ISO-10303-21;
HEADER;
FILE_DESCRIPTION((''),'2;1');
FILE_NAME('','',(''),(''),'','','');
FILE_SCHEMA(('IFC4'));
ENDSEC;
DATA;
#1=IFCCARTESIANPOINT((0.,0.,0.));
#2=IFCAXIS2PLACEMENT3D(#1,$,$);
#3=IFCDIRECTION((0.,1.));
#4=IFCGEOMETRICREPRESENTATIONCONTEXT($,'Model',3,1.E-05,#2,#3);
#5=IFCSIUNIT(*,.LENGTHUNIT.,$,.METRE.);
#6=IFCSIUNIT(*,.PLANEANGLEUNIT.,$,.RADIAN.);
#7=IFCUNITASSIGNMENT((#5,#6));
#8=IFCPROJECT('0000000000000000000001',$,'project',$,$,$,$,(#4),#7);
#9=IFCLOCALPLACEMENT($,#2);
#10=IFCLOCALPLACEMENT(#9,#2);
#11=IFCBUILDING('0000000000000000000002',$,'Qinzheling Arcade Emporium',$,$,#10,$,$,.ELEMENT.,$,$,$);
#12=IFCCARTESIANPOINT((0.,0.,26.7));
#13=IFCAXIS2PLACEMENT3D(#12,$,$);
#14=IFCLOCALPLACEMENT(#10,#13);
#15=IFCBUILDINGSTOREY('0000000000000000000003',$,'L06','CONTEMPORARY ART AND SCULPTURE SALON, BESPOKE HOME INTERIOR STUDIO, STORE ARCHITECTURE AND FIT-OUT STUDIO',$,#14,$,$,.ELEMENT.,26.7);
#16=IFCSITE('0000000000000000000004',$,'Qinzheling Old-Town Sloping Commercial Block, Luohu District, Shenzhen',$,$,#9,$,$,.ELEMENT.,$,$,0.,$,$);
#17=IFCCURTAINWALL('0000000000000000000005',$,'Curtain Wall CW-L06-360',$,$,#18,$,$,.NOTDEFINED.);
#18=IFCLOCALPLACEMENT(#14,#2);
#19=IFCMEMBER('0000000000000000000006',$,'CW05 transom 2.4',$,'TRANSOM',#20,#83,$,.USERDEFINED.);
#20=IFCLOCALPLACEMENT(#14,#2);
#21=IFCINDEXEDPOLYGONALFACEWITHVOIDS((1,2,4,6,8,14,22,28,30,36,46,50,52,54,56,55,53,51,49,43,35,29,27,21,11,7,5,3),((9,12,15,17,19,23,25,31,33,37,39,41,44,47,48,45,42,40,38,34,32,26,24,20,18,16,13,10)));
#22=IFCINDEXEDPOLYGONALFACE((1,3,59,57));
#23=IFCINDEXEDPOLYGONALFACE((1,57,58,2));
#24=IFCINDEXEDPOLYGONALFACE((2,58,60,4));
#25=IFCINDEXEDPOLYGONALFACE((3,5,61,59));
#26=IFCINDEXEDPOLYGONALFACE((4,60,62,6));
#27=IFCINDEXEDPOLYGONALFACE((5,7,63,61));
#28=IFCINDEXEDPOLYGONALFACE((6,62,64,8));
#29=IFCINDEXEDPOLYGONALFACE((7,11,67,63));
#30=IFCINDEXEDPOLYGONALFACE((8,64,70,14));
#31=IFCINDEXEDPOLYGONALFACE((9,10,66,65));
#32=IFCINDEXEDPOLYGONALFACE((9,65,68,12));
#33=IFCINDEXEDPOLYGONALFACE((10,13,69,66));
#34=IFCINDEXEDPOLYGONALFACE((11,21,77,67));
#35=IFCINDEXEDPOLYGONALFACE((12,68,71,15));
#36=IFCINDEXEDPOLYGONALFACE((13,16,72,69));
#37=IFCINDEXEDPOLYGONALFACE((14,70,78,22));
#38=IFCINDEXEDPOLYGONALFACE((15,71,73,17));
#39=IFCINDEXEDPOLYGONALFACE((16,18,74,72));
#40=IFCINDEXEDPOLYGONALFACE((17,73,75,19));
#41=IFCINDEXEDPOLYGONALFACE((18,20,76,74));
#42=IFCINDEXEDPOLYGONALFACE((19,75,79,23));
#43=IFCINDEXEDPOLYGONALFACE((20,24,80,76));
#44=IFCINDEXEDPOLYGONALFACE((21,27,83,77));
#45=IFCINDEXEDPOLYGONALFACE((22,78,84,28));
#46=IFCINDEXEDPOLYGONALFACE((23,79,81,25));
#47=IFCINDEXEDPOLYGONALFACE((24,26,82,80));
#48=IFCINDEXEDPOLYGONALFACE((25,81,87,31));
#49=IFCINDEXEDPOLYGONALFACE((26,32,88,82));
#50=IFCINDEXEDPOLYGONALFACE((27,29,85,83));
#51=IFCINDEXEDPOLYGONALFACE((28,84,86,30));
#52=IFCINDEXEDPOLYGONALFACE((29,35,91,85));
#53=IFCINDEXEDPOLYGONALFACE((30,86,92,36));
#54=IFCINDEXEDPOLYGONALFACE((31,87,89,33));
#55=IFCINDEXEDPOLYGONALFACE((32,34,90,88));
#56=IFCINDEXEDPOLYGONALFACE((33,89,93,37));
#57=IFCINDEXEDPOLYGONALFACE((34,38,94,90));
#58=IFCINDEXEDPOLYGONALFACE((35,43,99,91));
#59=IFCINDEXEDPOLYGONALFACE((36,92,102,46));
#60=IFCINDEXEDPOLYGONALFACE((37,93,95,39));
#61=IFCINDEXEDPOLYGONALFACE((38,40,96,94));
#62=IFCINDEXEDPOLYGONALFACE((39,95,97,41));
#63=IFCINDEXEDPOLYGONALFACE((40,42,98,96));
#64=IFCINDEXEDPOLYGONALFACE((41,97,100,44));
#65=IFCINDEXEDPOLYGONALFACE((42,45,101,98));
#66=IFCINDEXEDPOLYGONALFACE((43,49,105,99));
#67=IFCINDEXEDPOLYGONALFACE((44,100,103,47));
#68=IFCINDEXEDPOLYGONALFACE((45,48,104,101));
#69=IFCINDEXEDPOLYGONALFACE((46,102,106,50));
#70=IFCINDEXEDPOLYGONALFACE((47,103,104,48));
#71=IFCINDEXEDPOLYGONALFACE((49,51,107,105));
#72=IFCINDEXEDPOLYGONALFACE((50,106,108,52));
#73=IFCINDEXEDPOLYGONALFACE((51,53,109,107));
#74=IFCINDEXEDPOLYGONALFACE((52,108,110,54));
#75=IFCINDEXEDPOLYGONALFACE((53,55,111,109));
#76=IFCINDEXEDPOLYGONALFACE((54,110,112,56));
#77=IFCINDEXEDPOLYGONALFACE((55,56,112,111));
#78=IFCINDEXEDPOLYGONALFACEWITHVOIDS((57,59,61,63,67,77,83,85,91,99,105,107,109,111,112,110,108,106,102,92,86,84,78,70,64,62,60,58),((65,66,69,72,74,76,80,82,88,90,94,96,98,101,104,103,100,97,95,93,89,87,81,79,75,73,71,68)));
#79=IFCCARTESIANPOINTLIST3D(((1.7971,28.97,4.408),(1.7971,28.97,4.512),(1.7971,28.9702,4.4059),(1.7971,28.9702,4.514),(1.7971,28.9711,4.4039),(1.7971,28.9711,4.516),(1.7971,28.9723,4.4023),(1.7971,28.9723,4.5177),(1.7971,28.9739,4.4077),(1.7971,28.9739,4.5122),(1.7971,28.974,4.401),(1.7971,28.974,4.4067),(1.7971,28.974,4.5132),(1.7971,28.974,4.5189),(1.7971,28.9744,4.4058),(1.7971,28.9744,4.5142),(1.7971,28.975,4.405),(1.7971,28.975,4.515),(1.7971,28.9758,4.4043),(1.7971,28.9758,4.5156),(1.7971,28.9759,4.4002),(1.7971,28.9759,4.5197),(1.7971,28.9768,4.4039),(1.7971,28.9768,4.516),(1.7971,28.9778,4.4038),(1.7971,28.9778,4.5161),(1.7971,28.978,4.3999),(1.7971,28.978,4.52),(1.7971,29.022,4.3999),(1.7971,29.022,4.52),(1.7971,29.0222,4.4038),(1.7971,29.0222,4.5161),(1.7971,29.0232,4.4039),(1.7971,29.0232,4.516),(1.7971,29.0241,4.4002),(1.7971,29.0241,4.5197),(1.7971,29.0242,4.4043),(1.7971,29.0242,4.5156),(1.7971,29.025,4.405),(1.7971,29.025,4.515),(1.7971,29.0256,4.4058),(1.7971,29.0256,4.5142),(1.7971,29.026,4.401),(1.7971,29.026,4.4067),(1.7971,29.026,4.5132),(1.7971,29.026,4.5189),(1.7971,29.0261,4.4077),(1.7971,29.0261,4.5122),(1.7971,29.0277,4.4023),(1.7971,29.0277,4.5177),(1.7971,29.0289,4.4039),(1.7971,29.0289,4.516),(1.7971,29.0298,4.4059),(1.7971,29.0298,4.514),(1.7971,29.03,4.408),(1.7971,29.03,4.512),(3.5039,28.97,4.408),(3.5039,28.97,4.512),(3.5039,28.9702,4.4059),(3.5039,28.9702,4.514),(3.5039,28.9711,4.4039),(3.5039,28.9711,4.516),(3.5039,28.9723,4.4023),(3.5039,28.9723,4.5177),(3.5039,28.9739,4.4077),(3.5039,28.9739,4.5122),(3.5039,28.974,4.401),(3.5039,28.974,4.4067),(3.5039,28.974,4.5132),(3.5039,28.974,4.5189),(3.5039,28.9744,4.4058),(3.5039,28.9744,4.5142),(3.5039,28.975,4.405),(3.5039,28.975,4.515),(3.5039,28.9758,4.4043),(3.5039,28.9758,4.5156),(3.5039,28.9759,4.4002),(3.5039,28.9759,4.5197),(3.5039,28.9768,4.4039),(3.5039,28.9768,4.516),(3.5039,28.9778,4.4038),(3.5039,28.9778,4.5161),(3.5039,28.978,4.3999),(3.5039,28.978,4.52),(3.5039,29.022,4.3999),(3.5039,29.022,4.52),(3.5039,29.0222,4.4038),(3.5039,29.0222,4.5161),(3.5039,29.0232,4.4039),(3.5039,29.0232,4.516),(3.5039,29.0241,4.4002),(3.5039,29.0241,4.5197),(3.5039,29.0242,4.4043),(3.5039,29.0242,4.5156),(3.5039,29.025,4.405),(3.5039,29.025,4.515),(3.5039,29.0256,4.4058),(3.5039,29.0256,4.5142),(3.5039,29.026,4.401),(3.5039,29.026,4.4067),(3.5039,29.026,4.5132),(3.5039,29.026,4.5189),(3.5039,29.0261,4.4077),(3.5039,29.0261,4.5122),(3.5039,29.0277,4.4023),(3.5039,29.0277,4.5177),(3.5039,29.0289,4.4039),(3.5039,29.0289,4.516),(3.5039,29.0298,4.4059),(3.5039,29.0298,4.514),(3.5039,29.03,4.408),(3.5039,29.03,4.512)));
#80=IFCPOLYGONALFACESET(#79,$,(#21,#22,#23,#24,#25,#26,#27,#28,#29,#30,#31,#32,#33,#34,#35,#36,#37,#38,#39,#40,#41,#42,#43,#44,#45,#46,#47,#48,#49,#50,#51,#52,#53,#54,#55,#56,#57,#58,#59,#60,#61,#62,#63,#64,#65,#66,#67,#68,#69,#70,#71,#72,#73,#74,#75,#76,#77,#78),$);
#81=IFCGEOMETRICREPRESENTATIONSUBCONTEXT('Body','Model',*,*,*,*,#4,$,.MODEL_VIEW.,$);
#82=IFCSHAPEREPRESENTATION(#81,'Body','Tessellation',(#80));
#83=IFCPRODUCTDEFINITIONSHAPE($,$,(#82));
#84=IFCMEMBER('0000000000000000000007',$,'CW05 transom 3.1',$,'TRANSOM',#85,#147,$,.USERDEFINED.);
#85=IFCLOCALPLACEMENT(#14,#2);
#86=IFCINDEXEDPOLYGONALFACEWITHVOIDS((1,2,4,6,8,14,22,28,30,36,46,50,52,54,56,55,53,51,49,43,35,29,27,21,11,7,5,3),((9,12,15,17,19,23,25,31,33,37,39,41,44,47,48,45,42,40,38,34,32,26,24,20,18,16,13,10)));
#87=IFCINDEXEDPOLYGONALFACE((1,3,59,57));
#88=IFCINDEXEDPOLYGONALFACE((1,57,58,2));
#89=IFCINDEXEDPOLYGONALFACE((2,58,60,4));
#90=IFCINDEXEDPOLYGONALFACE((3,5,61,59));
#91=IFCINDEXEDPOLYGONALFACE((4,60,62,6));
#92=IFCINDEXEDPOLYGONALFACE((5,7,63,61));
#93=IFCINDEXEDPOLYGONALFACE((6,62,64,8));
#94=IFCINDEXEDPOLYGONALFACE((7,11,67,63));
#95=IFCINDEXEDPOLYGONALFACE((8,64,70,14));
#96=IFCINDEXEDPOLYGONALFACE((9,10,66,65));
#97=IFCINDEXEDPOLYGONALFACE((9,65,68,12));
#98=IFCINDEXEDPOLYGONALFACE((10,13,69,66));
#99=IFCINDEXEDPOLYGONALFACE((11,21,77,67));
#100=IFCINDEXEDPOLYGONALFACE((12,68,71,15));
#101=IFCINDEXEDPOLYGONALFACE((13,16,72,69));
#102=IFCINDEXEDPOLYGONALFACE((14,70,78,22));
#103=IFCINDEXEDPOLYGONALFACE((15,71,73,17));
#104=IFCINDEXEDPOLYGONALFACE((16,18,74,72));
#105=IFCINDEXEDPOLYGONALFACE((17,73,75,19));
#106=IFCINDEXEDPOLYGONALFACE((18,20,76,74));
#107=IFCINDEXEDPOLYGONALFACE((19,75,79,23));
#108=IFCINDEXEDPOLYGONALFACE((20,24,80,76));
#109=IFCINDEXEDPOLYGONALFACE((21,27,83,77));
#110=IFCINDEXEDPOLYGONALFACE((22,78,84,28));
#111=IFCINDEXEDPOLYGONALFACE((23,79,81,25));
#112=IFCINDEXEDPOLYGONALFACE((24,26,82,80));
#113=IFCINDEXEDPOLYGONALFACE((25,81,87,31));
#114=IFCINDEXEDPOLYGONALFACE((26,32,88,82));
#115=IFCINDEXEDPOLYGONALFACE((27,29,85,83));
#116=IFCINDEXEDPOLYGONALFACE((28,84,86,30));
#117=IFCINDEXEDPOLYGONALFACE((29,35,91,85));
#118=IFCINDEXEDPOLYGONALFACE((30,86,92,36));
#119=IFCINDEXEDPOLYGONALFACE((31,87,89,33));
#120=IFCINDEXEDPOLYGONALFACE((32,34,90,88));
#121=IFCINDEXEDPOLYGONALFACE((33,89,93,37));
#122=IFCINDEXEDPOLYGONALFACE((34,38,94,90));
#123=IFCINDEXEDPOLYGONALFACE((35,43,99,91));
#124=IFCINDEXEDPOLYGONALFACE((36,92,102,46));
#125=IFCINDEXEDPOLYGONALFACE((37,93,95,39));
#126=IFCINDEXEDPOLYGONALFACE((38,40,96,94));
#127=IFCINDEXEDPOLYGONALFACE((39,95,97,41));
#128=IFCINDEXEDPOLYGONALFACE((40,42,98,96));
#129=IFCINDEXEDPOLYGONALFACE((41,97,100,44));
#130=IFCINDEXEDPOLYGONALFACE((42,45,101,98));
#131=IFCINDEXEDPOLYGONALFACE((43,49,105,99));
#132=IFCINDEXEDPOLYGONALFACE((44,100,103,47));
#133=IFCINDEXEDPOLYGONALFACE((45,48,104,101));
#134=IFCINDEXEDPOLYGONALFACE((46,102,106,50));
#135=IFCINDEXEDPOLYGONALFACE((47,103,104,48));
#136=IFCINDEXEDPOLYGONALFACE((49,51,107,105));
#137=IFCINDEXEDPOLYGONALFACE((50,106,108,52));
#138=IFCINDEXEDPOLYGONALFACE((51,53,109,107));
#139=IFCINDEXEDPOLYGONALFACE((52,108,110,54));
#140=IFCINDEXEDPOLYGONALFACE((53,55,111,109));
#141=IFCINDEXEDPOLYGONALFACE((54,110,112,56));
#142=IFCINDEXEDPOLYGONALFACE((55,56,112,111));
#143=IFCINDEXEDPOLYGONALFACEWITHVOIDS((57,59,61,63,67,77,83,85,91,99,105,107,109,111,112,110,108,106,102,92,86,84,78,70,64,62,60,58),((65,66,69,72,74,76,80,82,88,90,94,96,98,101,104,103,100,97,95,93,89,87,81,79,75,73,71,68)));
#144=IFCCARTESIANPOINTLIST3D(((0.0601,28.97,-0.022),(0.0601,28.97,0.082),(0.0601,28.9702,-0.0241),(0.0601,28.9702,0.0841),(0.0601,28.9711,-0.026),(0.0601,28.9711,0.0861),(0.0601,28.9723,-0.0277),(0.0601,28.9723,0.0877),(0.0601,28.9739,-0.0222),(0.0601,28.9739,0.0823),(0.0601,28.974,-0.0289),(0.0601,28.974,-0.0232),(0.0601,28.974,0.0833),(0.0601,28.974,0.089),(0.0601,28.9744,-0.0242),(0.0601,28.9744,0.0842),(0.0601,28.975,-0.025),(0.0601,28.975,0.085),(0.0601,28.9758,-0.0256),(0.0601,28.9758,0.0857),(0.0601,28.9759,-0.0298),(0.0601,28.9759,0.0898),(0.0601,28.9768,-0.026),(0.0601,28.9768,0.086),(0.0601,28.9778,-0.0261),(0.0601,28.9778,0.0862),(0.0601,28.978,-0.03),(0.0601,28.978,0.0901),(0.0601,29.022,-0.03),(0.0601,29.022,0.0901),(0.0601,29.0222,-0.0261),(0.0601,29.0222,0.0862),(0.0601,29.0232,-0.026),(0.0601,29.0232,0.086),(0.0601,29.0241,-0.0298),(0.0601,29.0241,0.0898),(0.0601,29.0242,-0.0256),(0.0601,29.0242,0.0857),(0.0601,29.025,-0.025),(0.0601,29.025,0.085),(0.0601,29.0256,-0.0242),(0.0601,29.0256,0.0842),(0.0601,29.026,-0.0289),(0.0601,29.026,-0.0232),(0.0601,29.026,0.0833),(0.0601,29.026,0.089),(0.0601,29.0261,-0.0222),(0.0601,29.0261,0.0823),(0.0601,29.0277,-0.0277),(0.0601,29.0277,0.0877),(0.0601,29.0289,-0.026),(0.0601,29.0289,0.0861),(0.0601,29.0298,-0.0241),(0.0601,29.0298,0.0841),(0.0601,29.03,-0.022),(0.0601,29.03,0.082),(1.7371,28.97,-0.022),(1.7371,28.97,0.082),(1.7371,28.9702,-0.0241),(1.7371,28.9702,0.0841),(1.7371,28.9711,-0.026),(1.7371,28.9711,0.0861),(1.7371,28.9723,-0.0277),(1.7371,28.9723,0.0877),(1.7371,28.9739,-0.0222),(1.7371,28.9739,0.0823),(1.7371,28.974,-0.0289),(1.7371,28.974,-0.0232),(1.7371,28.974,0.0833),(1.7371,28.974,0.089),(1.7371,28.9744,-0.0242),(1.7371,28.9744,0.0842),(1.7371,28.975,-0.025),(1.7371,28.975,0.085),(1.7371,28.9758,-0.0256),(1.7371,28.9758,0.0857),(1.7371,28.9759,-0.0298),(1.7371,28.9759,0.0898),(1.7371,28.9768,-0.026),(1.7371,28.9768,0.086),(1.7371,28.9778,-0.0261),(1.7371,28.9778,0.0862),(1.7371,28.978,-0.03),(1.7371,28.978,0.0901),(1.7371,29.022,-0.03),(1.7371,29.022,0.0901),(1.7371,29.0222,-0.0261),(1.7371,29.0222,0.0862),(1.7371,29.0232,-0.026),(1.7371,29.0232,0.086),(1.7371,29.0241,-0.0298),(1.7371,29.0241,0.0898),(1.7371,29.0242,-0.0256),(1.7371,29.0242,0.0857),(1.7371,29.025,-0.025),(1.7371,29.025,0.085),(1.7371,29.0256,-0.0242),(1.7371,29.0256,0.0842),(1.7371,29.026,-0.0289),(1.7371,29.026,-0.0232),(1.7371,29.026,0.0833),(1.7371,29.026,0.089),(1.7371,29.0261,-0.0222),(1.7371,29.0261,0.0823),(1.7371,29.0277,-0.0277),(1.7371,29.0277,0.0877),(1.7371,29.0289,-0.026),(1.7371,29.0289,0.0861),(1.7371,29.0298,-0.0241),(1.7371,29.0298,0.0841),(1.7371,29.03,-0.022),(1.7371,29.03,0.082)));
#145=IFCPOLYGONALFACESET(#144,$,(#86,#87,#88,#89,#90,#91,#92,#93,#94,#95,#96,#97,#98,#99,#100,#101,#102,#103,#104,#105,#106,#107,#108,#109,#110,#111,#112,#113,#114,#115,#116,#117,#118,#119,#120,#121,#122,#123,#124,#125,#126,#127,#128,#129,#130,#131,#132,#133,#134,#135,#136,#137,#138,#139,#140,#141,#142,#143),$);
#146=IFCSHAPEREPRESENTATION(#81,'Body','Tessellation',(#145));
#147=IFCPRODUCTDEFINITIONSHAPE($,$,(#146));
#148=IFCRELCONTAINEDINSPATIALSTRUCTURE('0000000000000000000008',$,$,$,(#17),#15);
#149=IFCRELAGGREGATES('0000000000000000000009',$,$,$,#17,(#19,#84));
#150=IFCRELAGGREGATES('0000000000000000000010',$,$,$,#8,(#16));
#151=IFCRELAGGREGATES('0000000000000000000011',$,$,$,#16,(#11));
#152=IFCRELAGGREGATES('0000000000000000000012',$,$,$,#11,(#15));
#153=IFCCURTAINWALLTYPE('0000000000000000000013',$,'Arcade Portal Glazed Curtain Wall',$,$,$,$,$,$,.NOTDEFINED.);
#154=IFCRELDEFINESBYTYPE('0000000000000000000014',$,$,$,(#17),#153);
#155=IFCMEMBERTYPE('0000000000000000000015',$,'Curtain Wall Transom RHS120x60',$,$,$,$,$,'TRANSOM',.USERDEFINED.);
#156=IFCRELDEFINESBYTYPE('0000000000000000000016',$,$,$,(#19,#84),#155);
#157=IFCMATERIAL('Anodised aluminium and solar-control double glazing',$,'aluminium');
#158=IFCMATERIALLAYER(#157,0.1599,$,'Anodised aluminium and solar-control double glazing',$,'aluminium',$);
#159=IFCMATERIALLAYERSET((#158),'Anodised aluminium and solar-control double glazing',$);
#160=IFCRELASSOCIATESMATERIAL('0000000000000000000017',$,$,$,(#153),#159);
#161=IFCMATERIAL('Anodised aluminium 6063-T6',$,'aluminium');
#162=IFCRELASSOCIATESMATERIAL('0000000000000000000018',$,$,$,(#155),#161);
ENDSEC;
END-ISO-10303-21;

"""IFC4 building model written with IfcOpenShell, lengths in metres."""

from ifc_helpers import new_model, si_unit, direction, frame, origin, origin_2d, place, context, subcontext, project, spatial, hollow_rectangle, extrude, material, layer, layer_set, material_profile, profile_set, type_object, element, aggregate, save


model = new_model("IFC4")

# Units and contexts
model_context = context("Model", 3, precision=1e-05, world=origin(), true_north=direction((0.0, 1.0)))
body_context = subcontext(model_context, "Body", "Model", "MODEL_VIEW")
ifc_project = project(units=[si_unit("LENGTHUNIT", "METRE"), si_unit("PLANEANGLEUNIT", "RADIAN")], contexts=[model_context])

# Site, building, storey
site_placement = place(None, origin())
site = spatial("IfcSite", under=ifc_project, at=site_placement, Name="Qinzheling Old-Town Sloping Commercial Block, Luohu District, Shenzhen", CompositionType="ELEMENT", RefElevation=0.0)
building_placement = place(site_placement, origin())
building = spatial("IfcBuilding", under=site, at=building_placement, Name="Qinzheling Arcade Emporium", CompositionType="ELEMENT")
storey_placement = place(building_placement, frame((0.0, 0.0, 26.7)))
storey = spatial("IfcBuildingStorey", under=building, at=storey_placement, Name="L06", Description="CONTEMPORARY ART AND SCULPTURE SALON, BESPOKE HOME INTERIOR STUDIO, STORE ARCHITECTURE AND FIT-OUT STUDIO", CompositionType="ELEMENT", Elevation=26.7)

# Curtain wall, members
ifc_material_1 = material(Name="Anodised aluminium and solar-control double glazing", Category="aluminium")
ifc_layer_1 = layer(ifc_material_1, 0.1599, Name="Anodised aluminium and solar-control double glazing", Category="aluminium")
ifc_layer_set_1 = layer_set([ifc_layer_1], Name="Anodised aluminium and solar-control double glazing")
curtain_wall_type = type_object("IfcCurtainWallType", Name="Arcade Portal Glazed Curtain Wall", PredefinedType="NOTDEFINED", material=ifc_layer_set_1)
curtain_wall_placement = place(storey_placement, origin())
curtain_wall = element("IfcCurtainWall", 1, at=curtain_wall_placement, inside=storey, type_object=curtain_wall_type, Name="Curtain Wall CW-L06-360", PredefinedType="NOTDEFINED")
ifc_material_2 = material(Name="Anodised aluminium 6063-T6", Category="aluminium")
ifc_material_profile_1 = material_profile(ifc_material_2, hollow_rectangle(XDim=0.0601, YDim=0.1201, WallThickness=0.0039, InnerFilletRadius=0.0039, OuterFilletRadius=0.0081, at=origin_2d()), Name="RHS 120x60x4", Category="aluminium")
ifc_profile_set_1 = profile_set([ifc_material_profile_1], Name="Anodised aluminium 6063-T6")
member_type_1 = type_object("IfcMemberType", Name="Curtain Wall Transom RHS120x60", ElementType="TRANSOM", PredefinedType="USERDEFINED", material=ifc_profile_set_1)
member_1_placement = place(storey_placement, frame((3.5039, 29.0, 4.46), z_axis=(-1.0, 0.0, 0.0), x_axis=(0.0, -1.0, 0.0)))
member_1 = element("IfcMember", 2, at=member_1_placement, type_object=member_type_1, Name="CW05 transom 2.4", ObjectType="TRANSOM", PredefinedType="USERDEFINED", context=body_context, shape_type="SweptSolid", body=[
    extrude(hollow_rectangle(XDim=0.0601, YDim=0.1201, WallThickness=0.0039, InnerFilletRadius=0.0039, OuterFilletRadius=0.0081, at=origin_2d()), origin(), (0.0, 0.0, 1.0), 1.7068),
])
member_2_placement = place(storey_placement, frame((1.7371, 29.0, 0.03), z_axis=(-1.0, 0.0, 0.0), x_axis=(0.0, -1.0, 0.0)))
member_2 = element("IfcMember", 3, at=member_2_placement, type_object=member_type_1, Name="CW05 transom 3.1", ObjectType="TRANSOM", PredefinedType="USERDEFINED", context=body_context, shape_type="SweptSolid", body=[
    extrude(hollow_rectangle(XDim=0.0601, YDim=0.1201, WallThickness=0.0039, InnerFilletRadius=0.0039, OuterFilletRadius=0.0081, at=origin_2d()), origin(), (0.0, 0.0, 1.0), 1.677),
])
aggregate(curtain_wall, [member_1, member_2])

save(model, "model.ifc")
